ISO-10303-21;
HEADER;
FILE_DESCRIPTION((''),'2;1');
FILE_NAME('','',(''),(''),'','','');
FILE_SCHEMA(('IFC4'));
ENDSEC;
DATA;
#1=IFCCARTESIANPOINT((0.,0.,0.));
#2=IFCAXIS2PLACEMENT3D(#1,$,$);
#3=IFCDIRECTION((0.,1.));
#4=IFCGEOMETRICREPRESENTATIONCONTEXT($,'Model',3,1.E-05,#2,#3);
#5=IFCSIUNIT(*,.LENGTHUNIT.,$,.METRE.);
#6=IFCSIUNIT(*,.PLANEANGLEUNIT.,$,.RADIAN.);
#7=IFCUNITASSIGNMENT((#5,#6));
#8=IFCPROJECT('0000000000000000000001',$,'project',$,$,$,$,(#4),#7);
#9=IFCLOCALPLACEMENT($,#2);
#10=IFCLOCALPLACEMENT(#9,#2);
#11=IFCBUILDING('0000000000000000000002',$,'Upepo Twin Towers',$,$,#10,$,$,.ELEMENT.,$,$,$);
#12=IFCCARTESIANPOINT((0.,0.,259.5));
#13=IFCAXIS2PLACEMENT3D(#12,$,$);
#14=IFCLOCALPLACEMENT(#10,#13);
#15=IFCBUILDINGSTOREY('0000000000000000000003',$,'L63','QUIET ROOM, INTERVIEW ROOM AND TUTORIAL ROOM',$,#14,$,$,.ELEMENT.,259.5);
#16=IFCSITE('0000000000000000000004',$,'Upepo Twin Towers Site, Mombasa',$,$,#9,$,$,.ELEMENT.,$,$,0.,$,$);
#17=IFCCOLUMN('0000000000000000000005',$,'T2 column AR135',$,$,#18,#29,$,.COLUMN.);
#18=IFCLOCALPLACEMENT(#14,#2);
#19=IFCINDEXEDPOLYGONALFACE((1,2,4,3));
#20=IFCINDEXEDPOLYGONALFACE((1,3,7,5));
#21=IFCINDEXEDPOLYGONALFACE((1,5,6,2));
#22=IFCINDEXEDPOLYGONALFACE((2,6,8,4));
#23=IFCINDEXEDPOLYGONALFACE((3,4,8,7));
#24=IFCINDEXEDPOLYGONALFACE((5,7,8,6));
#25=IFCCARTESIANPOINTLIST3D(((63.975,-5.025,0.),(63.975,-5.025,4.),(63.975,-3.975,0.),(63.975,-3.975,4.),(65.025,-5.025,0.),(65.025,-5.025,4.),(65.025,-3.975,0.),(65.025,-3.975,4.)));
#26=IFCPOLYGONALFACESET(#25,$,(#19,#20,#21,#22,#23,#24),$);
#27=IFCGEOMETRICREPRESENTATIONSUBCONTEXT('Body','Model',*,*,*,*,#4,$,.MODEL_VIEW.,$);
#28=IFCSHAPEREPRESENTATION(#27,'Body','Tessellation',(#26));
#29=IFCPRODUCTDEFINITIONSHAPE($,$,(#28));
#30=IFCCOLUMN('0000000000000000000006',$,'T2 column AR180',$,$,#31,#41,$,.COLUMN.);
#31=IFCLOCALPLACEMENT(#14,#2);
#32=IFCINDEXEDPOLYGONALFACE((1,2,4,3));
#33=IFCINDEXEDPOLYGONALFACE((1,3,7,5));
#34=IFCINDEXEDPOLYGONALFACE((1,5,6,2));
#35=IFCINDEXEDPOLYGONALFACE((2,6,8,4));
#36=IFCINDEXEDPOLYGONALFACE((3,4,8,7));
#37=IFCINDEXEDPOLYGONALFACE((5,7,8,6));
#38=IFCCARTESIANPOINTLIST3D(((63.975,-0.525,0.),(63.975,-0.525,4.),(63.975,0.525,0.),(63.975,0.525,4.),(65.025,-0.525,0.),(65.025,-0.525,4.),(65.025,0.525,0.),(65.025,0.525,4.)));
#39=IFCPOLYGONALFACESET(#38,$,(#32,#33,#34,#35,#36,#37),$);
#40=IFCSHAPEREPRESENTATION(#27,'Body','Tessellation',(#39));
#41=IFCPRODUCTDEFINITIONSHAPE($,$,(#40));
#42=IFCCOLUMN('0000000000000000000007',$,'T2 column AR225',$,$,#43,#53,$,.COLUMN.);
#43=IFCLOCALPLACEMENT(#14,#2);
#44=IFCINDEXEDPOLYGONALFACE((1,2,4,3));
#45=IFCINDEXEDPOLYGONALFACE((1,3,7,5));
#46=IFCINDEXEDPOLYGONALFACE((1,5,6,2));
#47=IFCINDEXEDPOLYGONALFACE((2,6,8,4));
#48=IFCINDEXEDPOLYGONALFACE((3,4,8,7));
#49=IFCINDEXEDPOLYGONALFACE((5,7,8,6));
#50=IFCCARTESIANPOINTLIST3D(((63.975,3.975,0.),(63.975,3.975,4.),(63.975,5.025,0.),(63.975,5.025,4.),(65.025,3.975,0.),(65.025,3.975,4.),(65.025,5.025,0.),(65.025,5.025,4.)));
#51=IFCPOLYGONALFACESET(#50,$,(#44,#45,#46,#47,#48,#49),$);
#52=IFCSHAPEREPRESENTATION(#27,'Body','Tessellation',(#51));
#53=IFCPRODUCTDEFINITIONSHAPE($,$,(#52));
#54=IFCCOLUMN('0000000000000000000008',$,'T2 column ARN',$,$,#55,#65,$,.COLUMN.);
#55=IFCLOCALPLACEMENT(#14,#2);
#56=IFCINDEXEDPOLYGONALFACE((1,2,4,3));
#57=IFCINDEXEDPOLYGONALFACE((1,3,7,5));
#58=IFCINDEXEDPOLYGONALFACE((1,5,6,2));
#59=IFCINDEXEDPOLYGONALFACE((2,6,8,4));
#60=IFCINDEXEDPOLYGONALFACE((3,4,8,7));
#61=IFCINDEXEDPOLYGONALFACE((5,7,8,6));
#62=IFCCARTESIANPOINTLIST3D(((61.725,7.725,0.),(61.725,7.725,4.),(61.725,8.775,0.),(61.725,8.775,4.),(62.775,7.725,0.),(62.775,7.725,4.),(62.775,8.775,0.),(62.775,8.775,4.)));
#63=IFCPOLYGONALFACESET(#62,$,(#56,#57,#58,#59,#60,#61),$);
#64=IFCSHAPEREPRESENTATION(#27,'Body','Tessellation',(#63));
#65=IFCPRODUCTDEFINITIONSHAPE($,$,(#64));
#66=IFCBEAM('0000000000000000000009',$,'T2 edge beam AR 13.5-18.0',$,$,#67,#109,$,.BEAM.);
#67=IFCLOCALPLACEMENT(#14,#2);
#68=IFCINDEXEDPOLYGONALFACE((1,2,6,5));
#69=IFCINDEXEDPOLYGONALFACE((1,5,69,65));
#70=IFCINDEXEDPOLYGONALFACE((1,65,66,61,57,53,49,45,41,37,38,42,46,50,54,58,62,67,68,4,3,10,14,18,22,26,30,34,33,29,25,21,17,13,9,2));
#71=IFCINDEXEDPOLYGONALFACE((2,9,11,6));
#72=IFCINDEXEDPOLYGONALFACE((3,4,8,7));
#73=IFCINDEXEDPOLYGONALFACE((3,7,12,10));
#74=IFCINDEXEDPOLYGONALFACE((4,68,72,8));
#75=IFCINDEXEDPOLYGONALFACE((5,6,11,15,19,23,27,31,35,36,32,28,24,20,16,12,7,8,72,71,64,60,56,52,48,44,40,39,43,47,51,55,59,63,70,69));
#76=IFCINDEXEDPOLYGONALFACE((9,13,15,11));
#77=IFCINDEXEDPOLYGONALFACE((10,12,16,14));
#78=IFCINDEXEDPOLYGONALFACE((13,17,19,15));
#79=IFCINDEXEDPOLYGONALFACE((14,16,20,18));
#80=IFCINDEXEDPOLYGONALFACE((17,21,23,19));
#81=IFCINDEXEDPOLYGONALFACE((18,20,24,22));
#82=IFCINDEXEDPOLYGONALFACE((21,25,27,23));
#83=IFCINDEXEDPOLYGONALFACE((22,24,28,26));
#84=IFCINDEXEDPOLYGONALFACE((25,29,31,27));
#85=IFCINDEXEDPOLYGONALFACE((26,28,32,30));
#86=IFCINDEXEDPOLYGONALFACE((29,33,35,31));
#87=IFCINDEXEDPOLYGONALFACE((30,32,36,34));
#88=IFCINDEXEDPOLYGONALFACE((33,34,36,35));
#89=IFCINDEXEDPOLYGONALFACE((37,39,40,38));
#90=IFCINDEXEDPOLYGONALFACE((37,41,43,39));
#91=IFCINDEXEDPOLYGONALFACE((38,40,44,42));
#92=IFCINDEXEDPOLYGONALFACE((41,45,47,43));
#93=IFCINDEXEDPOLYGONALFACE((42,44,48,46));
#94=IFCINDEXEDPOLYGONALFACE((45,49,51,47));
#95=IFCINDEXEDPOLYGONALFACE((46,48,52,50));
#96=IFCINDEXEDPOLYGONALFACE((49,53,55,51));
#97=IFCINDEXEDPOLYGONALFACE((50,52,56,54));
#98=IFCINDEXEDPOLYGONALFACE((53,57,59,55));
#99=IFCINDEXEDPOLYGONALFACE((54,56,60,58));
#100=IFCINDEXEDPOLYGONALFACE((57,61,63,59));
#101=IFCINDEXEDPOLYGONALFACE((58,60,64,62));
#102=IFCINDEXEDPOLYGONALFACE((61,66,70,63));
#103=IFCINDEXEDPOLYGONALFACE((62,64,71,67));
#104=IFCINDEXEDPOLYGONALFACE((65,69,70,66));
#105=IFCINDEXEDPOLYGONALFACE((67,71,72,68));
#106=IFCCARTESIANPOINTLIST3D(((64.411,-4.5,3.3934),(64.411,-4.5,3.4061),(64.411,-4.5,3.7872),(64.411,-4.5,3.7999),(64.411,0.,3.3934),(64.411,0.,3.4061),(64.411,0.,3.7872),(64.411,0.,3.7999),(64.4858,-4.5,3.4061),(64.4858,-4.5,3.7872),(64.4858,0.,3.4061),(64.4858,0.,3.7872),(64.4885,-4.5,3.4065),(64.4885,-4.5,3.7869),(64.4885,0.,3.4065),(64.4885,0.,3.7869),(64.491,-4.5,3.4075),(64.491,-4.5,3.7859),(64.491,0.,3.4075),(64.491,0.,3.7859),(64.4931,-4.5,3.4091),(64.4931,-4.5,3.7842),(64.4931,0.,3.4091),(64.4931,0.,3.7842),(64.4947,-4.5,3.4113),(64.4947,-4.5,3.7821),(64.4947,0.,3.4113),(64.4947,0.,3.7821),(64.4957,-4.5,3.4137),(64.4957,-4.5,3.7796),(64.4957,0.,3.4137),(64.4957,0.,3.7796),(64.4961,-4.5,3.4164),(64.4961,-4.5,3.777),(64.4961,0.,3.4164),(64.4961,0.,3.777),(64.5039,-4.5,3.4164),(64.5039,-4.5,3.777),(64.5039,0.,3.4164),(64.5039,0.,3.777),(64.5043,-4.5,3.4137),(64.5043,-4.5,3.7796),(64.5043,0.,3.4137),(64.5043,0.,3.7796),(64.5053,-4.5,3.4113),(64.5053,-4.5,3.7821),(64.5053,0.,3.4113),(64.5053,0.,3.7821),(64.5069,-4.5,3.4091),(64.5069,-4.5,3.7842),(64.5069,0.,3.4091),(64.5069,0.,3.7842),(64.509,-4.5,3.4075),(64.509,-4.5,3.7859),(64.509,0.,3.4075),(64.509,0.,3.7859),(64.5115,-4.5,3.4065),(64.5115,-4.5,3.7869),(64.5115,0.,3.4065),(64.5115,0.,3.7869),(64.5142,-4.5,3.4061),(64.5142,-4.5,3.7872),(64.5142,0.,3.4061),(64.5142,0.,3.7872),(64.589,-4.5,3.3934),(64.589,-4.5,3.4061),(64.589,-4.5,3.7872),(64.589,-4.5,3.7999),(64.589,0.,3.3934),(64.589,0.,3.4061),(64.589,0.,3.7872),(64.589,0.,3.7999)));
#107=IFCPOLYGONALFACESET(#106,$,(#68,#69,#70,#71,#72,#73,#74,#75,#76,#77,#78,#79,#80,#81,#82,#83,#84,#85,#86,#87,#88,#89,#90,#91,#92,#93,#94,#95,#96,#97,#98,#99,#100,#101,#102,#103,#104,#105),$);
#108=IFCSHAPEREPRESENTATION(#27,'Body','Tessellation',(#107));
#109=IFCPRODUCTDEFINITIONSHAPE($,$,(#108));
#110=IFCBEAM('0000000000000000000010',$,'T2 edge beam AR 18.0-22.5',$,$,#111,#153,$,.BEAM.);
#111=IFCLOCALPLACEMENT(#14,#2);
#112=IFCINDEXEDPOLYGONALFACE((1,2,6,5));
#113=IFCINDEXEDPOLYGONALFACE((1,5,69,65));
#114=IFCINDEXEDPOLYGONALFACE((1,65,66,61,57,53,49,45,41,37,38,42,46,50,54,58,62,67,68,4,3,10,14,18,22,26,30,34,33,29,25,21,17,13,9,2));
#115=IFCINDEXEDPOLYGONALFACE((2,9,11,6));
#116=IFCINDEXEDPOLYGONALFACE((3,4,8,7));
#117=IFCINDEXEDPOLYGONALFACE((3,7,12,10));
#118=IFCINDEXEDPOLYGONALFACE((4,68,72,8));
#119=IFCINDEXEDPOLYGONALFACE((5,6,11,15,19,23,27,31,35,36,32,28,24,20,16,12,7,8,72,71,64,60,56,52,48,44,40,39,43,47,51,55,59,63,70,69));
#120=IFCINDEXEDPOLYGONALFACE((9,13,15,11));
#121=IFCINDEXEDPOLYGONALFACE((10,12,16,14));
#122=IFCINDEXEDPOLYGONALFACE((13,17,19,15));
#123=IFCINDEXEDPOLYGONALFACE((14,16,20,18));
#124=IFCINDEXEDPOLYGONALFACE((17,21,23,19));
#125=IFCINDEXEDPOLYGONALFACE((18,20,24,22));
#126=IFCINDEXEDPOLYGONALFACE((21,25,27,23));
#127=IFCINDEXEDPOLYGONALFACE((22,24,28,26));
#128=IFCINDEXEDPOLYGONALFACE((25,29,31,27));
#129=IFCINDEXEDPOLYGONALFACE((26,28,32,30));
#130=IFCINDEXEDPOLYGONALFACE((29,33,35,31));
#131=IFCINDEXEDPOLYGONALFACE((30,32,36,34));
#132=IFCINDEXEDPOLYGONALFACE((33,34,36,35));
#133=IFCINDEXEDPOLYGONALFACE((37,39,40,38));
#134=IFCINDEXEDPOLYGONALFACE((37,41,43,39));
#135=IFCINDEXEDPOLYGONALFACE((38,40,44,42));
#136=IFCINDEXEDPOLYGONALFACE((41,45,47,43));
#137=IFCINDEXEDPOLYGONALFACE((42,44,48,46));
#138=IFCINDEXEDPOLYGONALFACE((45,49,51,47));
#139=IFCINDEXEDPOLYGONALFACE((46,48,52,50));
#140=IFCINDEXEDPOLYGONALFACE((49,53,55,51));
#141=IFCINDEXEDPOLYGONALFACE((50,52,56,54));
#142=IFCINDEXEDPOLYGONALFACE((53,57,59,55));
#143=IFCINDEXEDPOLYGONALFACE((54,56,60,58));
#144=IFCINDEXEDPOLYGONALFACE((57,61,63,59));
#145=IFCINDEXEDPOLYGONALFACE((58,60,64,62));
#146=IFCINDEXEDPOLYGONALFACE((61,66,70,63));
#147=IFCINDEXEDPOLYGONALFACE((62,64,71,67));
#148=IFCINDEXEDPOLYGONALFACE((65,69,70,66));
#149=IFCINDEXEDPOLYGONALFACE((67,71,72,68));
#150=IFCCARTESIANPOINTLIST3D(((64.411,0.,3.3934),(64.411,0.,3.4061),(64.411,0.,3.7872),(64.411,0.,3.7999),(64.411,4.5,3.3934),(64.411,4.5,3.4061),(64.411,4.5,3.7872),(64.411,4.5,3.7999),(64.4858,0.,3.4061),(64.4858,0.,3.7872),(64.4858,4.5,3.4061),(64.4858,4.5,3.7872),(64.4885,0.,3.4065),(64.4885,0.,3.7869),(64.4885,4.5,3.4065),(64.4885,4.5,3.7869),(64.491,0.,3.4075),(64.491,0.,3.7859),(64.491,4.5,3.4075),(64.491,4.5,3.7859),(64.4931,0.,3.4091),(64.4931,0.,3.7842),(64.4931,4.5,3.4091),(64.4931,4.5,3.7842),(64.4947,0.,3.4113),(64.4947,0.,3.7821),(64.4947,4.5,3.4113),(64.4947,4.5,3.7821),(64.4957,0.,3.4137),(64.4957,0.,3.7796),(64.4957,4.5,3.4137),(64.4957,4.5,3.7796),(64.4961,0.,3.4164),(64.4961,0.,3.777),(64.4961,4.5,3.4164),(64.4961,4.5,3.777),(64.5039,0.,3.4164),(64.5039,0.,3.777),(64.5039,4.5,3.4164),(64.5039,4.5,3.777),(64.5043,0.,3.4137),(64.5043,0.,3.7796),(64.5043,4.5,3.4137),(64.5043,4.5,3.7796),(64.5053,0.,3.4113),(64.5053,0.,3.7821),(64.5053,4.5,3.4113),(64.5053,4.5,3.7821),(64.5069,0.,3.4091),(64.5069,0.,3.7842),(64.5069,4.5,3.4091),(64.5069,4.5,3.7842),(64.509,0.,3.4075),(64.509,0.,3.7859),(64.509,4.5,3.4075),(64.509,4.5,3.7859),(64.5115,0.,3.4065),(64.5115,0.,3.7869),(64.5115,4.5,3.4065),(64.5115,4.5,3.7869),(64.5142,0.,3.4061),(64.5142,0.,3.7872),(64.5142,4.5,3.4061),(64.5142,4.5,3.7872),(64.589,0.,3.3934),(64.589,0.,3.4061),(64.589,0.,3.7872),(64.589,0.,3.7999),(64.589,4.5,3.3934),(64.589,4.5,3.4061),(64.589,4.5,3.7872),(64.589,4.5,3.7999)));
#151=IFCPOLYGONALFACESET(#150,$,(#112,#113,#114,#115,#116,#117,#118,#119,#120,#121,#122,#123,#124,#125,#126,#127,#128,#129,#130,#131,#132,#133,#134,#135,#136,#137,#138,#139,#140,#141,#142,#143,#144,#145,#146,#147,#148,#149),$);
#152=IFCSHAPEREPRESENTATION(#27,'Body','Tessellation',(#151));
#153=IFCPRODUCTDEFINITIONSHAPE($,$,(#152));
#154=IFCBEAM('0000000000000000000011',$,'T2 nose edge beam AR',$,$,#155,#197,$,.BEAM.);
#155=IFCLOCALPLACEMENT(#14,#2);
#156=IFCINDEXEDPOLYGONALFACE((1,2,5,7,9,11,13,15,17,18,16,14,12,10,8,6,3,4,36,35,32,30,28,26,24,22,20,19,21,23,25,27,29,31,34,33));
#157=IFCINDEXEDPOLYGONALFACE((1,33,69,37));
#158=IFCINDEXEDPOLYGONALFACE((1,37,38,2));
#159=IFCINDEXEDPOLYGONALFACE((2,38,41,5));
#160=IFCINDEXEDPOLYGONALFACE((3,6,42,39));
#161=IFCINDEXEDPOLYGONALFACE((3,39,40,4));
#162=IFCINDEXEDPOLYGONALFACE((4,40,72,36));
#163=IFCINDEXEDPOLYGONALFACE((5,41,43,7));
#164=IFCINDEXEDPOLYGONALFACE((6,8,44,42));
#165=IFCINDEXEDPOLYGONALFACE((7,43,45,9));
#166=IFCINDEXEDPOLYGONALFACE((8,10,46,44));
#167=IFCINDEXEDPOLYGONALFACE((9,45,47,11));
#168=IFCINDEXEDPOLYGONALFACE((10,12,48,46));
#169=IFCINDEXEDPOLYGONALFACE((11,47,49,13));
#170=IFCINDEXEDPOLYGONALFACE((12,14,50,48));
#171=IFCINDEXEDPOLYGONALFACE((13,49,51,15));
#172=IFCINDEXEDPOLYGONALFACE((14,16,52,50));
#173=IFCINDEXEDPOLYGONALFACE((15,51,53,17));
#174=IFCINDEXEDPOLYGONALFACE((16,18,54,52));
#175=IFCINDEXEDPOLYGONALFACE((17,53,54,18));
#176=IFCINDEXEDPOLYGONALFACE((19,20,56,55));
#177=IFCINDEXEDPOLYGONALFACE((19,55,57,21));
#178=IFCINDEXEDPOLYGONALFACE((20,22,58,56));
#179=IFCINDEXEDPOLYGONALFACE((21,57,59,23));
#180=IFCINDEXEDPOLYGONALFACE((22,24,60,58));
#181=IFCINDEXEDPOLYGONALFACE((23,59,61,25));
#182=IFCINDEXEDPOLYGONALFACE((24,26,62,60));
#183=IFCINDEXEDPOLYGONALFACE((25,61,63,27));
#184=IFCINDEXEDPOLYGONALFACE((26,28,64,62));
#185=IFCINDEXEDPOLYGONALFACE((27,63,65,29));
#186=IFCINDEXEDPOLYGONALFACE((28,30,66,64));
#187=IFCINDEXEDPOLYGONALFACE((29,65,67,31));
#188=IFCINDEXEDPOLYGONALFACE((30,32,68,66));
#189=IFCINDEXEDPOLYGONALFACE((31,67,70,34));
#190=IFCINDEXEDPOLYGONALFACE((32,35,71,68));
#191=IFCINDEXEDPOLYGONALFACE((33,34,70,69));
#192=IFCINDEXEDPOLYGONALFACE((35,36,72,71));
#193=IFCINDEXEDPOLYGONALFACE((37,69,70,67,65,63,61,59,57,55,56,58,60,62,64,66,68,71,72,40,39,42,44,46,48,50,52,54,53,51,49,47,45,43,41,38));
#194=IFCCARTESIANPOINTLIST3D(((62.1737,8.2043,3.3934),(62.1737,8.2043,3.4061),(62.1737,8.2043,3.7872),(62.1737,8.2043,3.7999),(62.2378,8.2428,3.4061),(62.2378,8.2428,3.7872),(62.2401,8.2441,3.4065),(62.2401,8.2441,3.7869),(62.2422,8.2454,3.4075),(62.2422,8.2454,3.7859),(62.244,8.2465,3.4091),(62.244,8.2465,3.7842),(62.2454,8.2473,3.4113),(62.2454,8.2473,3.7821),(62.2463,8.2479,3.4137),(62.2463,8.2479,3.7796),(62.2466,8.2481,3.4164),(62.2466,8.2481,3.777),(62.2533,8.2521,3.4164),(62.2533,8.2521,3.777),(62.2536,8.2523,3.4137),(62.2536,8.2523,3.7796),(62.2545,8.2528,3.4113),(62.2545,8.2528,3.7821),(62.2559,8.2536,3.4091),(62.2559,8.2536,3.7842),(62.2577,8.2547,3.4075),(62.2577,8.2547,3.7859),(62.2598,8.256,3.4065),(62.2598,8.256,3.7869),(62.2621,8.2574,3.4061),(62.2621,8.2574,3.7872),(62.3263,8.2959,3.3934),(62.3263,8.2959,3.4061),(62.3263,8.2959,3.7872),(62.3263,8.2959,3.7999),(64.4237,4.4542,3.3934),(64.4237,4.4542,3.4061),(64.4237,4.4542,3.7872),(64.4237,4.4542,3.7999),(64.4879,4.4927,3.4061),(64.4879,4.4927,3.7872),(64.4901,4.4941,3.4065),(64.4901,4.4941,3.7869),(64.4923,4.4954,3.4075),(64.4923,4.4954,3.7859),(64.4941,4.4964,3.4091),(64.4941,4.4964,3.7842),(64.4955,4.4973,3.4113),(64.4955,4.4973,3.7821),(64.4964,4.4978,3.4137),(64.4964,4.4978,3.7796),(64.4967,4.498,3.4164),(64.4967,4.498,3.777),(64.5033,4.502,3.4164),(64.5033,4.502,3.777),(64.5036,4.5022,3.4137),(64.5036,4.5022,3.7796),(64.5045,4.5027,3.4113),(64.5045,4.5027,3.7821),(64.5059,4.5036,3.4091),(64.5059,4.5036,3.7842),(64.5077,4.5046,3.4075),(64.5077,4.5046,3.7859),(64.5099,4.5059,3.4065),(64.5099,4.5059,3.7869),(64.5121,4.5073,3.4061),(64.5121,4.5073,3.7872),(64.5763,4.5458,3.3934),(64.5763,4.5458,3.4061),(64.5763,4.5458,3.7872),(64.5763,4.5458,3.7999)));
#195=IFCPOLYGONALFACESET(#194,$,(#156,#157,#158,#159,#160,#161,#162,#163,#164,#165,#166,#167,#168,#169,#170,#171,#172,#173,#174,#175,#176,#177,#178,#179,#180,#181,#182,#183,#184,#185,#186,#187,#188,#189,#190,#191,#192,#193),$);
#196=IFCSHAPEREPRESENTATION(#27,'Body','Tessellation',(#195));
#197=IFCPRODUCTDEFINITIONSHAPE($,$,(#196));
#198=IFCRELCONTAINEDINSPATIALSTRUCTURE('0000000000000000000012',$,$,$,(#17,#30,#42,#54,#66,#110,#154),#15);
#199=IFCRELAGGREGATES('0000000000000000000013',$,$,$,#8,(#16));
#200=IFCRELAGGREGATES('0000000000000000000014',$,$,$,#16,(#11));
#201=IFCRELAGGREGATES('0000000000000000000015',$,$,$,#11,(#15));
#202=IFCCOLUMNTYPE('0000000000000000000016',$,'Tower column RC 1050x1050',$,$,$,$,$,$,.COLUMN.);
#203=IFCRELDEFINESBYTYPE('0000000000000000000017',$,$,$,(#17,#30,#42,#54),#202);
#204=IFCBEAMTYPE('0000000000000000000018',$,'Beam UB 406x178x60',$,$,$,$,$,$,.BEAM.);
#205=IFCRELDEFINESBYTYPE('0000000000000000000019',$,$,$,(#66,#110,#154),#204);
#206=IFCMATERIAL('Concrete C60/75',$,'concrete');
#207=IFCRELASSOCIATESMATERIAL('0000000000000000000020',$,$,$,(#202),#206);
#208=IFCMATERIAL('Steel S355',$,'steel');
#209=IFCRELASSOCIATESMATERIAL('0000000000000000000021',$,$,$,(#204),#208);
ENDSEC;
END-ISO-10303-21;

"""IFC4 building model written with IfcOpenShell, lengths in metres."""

from ifc_helpers import new_model, si_unit, direction, frame, origin, origin_2d, place, context, subcontext, project, spatial, rectangle, i_section, extrude, material, material_profile, profile_set, type_object, element, save


model = new_model("IFC4")

# Units and contexts
model_context = context("Model", 3, precision=1e-05, world=origin(), true_north=direction((0.0, 1.0)))
body_context = subcontext(model_context, "Body", "Model", "MODEL_VIEW")
ifc_project = project(units=[si_unit("LENGTHUNIT", "METRE"), si_unit("PLANEANGLEUNIT", "RADIAN")], contexts=[model_context])

# Site, building, storey
site_placement = place(None, origin())
site = spatial("IfcSite", under=ifc_project, at=site_placement, Name="Upepo Twin Towers Site, Mombasa", CompositionType="ELEMENT", RefElevation=0.0)
building_placement = place(site_placement, origin())
building = spatial("IfcBuilding", under=site, at=building_placement, Name="Upepo Twin Towers", CompositionType="ELEMENT")
storey_placement = place(building_placement, frame((0.0, 0.0, 259.5)))
storey = spatial("IfcBuildingStorey", under=building, at=storey_placement, Name="L63", Description="QUIET ROOM, INTERVIEW ROOM AND TUTORIAL ROOM", CompositionType="ELEMENT", Elevation=259.5)

# Columns
ifc_material_1 = material(Name="Concrete C60/75", Category="concrete")
ifc_material_profile_1 = material_profile(ifc_material_1, rectangle(XDim=1.05, YDim=1.05, at=origin_2d()), Name="RC 1050x1050")
ifc_profile_set_1 = profile_set([ifc_material_profile_1], Name="Concrete C60/75")
column_type = type_object("IfcColumnType", Name="Tower column RC 1050x1050", PredefinedType="COLUMN", material=ifc_profile_set_1)
for number, where, z_axis, x_axis, name in (
    (1, (64.5, -4.5, 0.0), (0.0, 0.0, 1.0), (1.0, 0.0, 0.0), "T2 column AR135"),
    (2, (64.5, 0.0, 0.0), (0.0, 0.0, 1.0), (1.0, 0.0, 0.0), "T2 column AR180"),
    (3, (64.5, 4.5, 0.0), (0.0, 0.0, 1.0), (1.0, 0.0, 0.0), "T2 column AR225"),
    (4, (62.25, 8.25, 0.0), (0.0, 0.0, 1.0), (1.0, 0.0, 0.0), "T2 column ARN"),
):
    element("IfcColumn", number, at=place(storey_placement, frame(where, z_axis=z_axis, x_axis=x_axis)), inside=storey, type_object=column_type, Name=name, PredefinedType="COLUMN", context=body_context, shape_type="SweptSolid", body=[
        extrude(rectangle(XDim=1.05, YDim=1.05, at=origin_2d()), origin(), (0.0, 0.0, 1.0), 4.0),
    ])

# Beams
ifc_material_2 = material(Name="Steel S355", Category="steel")
ifc_material_profile_2 = material_profile(ifc_material_2, i_section(OverallWidth=0.178, OverallDepth=0.4065, WebThickness=0.0078, FlangeThickness=0.0127, FilletRadius=0.0103, at=origin_2d()), Name="UB 406x178x60")
ifc_profile_set_2 = profile_set([ifc_material_profile_2], Name="Steel S355")
beam_type_1 = type_object("IfcBeamType", Name="Beam UB 406x178x60", PredefinedType="BEAM", material=ifc_profile_set_2)
for number, where, z_axis, x_axis, name in (
    (5, (64.5, -4.5, 3.5967), (0.0, 1.0, 0.0), (-1.0, 0.0, 0.0), "T2 edge beam AR 13.5-18.0"),
    (6, (64.5, 0.0, 3.5967), (0.0, 1.0, 0.0), (-1.0, 0.0, 0.0), "T2 edge beam AR 18.0-22.5"),
):
    element("IfcBeam", number, at=place(storey_placement, frame(where, z_axis=z_axis, x_axis=x_axis)), inside=storey, type_object=beam_type_1, Name=name, PredefinedType="BEAM", context=body_context, shape_type="SweptSolid", body=[
        extrude(i_section(OverallWidth=0.178, OverallDepth=0.4065, WebThickness=0.0078, FlangeThickness=0.0127, FilletRadius=0.0103, at=origin_2d()), origin(), (0.0, 0.0, 1.0), 4.5),
    ])
beam_1_placement = place(storey_placement, frame((64.5, 4.5, 3.5967), z_axis=(-0.514496, 0.857493, 0.0), x_axis=(-0.857493, -0.514496, 0.0)))
element("IfcBeam", 7, at=beam_1_placement, inside=storey, type_object=beam_type_1, Name="T2 nose edge beam AR", PredefinedType="BEAM", context=body_context, shape_type="SweptSolid", body=[
    extrude(i_section(OverallWidth=0.178, OverallDepth=0.4065, WebThickness=0.0078, FlangeThickness=0.0127, FilletRadius=0.0103, at=origin_2d()), origin(), (0.0, 0.0, 1.0), 4.3733),
])

save(model, "model.ifc")
